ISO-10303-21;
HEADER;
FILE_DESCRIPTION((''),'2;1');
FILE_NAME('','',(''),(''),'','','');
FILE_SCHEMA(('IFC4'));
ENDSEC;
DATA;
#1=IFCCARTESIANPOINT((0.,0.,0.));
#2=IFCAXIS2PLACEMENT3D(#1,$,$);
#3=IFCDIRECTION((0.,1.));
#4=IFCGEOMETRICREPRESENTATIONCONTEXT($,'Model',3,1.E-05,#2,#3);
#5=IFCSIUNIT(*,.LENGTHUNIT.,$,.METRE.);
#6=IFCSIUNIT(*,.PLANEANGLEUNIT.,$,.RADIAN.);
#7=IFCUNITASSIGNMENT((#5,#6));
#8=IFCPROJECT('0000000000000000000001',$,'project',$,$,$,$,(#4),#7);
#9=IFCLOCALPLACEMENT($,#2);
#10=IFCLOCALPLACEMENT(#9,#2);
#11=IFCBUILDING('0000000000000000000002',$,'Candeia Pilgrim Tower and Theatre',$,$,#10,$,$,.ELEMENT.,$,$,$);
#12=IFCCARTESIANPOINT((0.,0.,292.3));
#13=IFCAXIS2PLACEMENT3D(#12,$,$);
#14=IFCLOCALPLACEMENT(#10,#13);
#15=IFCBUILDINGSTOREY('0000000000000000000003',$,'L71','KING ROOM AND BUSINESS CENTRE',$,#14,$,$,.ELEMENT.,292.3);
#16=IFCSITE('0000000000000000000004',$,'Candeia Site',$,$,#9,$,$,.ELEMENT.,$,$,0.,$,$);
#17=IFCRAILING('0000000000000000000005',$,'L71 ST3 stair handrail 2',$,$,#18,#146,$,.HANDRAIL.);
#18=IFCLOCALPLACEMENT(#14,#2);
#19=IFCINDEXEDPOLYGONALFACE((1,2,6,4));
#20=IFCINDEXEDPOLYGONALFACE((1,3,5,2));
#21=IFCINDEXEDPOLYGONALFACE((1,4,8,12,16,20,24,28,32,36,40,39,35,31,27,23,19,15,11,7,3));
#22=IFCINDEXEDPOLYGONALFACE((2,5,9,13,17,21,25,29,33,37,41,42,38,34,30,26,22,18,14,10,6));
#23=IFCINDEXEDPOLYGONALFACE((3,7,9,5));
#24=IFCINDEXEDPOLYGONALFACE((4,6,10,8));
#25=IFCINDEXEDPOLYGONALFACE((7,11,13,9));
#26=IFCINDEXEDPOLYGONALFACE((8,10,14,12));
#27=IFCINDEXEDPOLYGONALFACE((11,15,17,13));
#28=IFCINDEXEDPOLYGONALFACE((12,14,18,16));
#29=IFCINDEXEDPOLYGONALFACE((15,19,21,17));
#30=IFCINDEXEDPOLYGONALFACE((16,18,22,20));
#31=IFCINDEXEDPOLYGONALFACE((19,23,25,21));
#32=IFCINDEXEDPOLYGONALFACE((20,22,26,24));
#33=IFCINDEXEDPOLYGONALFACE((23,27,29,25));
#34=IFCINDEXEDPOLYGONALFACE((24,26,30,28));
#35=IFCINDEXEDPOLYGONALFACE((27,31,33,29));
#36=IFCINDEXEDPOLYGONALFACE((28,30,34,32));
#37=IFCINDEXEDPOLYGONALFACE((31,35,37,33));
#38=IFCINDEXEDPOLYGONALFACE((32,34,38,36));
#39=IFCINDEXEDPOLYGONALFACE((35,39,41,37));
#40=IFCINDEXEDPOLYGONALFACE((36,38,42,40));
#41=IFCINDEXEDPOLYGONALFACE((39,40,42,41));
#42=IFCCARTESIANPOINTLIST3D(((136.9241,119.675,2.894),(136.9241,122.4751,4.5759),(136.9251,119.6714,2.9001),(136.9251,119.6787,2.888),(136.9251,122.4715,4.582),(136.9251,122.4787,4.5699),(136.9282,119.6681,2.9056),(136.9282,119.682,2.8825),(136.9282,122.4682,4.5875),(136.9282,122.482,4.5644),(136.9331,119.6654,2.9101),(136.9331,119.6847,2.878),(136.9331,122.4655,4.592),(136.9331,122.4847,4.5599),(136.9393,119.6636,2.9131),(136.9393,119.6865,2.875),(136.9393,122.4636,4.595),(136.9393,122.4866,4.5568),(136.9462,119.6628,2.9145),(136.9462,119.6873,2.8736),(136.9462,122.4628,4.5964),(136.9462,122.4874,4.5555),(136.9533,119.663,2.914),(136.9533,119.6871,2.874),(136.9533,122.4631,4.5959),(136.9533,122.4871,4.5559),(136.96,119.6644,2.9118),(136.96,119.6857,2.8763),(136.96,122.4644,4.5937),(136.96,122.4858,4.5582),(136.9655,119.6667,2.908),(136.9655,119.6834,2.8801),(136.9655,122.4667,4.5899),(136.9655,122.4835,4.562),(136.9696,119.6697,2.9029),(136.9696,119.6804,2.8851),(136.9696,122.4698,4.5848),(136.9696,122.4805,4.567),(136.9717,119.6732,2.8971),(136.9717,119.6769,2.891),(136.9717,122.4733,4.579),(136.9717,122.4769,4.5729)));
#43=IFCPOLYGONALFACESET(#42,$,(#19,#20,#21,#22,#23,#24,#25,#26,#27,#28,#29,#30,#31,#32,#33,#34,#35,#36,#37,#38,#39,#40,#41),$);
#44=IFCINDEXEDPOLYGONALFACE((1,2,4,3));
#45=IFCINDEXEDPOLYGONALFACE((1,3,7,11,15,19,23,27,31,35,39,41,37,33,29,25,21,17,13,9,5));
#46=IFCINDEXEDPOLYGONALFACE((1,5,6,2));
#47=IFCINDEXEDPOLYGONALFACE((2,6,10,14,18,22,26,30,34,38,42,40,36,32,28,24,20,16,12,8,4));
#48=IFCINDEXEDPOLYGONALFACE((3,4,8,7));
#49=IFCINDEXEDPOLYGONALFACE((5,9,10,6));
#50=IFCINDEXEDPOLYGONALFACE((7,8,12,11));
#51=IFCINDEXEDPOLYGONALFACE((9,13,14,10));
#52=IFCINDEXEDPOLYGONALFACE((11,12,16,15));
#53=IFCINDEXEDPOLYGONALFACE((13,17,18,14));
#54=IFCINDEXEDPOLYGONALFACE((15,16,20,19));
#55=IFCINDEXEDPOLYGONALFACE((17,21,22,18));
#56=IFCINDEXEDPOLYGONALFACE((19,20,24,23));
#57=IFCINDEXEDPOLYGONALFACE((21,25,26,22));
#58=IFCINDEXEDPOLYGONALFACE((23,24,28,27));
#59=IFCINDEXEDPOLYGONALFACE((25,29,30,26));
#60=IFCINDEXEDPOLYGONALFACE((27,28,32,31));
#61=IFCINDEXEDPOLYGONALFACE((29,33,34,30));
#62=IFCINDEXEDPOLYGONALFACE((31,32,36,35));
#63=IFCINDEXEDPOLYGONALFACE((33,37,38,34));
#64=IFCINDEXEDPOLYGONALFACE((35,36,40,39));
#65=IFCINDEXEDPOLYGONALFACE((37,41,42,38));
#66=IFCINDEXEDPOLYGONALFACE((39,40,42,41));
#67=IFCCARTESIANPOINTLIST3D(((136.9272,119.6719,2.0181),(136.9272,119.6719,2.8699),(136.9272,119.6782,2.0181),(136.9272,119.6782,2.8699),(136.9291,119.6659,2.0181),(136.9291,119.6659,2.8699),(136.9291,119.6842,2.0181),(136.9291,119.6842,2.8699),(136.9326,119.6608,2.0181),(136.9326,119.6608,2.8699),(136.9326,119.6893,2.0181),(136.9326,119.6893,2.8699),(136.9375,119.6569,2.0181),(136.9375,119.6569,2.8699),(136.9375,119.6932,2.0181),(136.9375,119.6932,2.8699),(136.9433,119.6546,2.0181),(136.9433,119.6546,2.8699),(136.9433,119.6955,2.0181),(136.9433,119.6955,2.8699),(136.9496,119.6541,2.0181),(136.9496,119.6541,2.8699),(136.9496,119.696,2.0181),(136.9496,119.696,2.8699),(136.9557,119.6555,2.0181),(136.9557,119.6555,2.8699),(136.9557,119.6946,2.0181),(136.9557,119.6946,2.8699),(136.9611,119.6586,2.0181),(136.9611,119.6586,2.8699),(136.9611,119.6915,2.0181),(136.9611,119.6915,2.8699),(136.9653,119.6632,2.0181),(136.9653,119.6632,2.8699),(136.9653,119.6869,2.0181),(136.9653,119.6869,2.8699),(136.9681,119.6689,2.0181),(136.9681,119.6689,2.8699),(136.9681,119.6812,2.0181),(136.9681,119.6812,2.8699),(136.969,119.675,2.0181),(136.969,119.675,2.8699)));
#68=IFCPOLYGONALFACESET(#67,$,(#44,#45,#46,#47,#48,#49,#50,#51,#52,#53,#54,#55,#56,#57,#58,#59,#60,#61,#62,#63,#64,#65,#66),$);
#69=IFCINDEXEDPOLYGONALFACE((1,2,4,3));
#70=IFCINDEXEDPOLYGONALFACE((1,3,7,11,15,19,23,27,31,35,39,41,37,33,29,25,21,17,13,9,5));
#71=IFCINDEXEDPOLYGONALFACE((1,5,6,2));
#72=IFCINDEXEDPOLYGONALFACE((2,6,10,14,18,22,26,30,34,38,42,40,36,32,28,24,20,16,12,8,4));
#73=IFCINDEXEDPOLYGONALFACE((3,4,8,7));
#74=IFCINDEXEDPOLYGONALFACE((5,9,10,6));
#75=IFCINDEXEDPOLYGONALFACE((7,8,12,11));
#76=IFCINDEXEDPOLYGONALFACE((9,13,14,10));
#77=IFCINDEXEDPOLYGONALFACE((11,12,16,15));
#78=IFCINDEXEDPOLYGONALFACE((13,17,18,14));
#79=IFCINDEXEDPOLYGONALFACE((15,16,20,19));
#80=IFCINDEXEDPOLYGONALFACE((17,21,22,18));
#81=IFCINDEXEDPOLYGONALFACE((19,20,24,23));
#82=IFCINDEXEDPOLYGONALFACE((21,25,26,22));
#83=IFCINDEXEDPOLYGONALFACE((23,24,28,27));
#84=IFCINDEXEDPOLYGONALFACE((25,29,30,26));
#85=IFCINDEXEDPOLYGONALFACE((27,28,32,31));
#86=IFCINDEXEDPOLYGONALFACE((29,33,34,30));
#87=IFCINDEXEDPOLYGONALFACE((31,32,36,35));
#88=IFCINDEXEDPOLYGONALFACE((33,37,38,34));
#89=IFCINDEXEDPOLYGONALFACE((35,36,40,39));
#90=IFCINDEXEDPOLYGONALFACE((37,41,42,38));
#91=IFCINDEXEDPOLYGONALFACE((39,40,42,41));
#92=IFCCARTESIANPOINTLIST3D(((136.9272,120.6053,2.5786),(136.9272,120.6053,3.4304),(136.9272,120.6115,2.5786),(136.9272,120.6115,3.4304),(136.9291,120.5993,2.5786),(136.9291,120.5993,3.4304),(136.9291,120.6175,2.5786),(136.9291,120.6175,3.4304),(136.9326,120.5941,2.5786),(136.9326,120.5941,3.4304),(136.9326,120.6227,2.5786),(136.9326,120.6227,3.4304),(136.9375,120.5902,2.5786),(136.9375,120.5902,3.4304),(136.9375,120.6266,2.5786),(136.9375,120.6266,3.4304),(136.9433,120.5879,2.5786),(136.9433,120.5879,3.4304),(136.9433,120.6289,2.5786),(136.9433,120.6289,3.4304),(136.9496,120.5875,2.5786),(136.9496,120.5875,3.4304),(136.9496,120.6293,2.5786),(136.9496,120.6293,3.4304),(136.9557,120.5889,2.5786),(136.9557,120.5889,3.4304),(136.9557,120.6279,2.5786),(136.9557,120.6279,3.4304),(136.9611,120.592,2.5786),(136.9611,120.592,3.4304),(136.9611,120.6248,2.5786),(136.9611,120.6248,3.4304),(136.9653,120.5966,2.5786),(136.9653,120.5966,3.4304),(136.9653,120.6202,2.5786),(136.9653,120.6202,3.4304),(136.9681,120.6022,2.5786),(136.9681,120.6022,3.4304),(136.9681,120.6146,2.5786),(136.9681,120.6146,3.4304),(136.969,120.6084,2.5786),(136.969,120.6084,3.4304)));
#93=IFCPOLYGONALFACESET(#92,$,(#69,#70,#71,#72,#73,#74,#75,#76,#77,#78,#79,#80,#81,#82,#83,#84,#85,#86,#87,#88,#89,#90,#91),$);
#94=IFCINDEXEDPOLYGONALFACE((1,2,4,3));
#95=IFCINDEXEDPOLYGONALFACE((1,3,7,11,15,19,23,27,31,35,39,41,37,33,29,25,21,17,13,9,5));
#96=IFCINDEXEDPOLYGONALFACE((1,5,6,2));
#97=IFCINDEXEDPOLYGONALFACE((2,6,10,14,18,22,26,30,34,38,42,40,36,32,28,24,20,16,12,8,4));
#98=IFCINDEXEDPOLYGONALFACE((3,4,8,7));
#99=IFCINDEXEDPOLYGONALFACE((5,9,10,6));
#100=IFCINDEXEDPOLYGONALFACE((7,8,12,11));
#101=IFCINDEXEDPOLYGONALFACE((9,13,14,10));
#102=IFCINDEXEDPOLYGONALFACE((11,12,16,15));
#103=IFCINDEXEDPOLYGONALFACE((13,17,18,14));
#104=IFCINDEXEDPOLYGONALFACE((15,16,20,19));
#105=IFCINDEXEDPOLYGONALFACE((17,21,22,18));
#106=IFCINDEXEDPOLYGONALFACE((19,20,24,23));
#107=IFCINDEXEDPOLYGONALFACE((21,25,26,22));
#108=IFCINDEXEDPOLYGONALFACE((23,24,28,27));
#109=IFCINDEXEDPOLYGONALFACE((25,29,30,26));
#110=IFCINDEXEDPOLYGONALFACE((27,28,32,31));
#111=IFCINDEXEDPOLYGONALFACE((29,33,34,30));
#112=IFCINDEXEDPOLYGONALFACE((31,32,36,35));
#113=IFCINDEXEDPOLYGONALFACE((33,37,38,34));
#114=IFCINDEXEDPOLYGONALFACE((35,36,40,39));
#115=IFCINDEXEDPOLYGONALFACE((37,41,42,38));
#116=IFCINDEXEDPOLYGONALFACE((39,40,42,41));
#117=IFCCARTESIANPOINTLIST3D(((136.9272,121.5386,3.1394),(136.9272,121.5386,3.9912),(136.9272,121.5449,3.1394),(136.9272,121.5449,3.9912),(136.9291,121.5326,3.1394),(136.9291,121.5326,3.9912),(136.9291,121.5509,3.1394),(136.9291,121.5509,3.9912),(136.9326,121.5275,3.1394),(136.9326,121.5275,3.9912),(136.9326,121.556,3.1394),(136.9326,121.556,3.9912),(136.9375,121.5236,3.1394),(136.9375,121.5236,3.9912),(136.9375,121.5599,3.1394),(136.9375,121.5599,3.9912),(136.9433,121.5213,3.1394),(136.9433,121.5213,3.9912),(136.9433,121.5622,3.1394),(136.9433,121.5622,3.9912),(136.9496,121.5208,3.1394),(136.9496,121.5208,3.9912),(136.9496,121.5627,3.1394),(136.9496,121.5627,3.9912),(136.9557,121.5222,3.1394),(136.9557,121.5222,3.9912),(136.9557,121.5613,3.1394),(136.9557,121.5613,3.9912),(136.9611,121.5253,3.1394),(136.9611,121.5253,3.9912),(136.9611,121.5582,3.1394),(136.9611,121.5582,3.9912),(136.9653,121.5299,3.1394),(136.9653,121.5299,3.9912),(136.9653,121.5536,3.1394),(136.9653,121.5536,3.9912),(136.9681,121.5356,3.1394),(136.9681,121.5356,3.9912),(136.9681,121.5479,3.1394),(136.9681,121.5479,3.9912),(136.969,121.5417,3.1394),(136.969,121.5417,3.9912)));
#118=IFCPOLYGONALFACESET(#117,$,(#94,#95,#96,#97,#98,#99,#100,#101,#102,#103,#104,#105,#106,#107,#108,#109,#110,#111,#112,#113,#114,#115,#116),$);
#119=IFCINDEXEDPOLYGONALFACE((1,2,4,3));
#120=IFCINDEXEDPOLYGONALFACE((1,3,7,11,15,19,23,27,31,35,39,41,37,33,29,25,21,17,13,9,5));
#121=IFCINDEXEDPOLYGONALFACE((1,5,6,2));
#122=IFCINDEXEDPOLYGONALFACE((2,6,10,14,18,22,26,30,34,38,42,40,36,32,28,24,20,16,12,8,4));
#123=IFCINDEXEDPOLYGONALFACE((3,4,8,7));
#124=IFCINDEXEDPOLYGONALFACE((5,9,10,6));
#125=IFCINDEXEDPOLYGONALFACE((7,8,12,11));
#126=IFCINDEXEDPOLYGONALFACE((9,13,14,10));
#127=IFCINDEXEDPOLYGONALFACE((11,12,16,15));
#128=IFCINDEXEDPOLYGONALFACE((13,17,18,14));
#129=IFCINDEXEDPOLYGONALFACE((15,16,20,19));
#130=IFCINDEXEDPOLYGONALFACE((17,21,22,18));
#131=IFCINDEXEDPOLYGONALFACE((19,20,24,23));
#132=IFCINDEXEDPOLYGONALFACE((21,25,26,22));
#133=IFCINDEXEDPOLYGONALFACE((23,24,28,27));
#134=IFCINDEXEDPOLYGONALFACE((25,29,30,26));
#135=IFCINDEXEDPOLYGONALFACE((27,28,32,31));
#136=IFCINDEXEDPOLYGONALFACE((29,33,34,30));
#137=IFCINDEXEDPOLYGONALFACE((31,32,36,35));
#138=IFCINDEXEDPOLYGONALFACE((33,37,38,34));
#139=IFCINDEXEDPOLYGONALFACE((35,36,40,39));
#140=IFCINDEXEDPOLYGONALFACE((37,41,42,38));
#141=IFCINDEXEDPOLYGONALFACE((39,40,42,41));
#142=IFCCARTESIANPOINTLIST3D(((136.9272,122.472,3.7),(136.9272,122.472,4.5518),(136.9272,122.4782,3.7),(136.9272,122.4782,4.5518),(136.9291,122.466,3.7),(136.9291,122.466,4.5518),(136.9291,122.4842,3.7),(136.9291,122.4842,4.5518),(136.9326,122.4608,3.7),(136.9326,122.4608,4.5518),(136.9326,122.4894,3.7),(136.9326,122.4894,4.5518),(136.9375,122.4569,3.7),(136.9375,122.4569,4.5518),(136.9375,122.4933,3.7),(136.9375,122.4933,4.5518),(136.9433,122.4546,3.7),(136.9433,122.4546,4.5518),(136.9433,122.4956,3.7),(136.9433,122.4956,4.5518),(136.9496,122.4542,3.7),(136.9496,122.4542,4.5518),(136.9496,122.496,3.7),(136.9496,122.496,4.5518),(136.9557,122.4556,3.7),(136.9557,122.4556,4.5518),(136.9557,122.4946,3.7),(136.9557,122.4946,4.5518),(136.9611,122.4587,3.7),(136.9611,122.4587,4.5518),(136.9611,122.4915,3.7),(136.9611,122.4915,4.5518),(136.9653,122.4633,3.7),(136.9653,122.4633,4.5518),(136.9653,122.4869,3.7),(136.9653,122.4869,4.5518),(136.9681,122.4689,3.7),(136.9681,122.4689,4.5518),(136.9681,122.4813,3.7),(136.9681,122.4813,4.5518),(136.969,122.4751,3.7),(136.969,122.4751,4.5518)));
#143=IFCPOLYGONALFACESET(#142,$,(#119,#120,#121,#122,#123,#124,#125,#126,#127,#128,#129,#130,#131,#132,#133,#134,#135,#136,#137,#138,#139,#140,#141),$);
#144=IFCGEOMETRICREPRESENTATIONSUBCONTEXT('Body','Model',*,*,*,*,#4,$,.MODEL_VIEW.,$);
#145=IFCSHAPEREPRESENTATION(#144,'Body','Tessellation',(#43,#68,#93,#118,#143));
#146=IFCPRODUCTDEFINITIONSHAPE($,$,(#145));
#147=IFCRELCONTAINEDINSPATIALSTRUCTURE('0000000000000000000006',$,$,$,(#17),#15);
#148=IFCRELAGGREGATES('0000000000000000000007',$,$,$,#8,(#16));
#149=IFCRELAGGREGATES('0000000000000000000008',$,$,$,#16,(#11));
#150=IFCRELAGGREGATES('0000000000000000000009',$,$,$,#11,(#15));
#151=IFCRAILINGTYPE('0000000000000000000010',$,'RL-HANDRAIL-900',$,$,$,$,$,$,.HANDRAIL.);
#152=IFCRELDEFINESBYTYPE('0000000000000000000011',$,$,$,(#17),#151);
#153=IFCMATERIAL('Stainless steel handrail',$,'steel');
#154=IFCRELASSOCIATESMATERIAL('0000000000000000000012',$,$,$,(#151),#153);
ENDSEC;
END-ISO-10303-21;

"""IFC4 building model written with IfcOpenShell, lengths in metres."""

from ifc_helpers import new_model, si_unit, direction, frame, origin, origin_2d, place, context, subcontext, project, spatial, circle, extrude, material, type_object, element, save


model = new_model("IFC4")

# Units and contexts
model_context = context("Model", 3, precision=1e-05, world=origin(), true_north=direction((0.0, 1.0)))
body_context = subcontext(model_context, "Body", "Model", "MODEL_VIEW")
ifc_project = project(units=[si_unit("LENGTHUNIT", "METRE"), si_unit("PLANEANGLEUNIT", "RADIAN")], contexts=[model_context])

# Site, building, storey
site_placement = place(None, origin())
site = spatial("IfcSite", under=ifc_project, at=site_placement, Name="Candeia Site", CompositionType="ELEMENT", RefElevation=0.0)
building_placement = place(site_placement, origin())
building = spatial("IfcBuilding", under=site, at=building_placement, Name="Candeia Pilgrim Tower and Theatre", CompositionType="ELEMENT")
storey_placement = place(building_placement, frame((0.0, 0.0, 292.3)))
storey = spatial("IfcBuildingStorey", under=building, at=storey_placement, Name="L71", Description="KING ROOM AND BUSINESS CENTRE", CompositionType="ELEMENT", Elevation=292.3)

# Railing
ifc_material_1 = material(Name="Stainless steel handrail", Category="steel")
railing_type_1 = type_object("IfcRailingType", Name="RL-HANDRAIL-900", PredefinedType="HANDRAIL", material=ifc_material_1)
for number, where, name in (
    (1, (136.948, 119.675, 2.0181), "L71 ST3 stair handrail 2"),
):
    element("IfcRailing", number, at=place(storey_placement, frame(where)), inside=storey, type_object=railing_type_1, Name=name, PredefinedType="HANDRAIL", context=body_context, shape_type="SweptSolid", body=[
        extrude(circle(Radius=0.0239, at=origin_2d()), frame((0.0, 0.0, 0.876), z_axis=(0.0, 0.857242, 0.514913), x_axis=(-1.0, 0.0, 0.0)), (0.0, 0.0, 1.0), 3.2664),
        extrude(circle(Radius=0.021, at=origin_2d()), origin(), (0.0, 0.0, 1.0), 0.8518),
        extrude(circle(Radius=0.021, at=origin_2d()), frame((0.0, 0.9333, 0.5605)), (0.0, 0.0, 1.0), 0.8518),
        extrude(circle(Radius=0.021, at=origin_2d()), frame((0.0, 1.8667, 1.1213)), (0.0, 0.0, 1.0), 0.8518),
        extrude(circle(Radius=0.021, at=origin_2d()), frame((0.0, 2.8, 1.6819)), (0.0, 0.0, 1.0), 0.8518),
    ])

save(model, "model.ifc")
